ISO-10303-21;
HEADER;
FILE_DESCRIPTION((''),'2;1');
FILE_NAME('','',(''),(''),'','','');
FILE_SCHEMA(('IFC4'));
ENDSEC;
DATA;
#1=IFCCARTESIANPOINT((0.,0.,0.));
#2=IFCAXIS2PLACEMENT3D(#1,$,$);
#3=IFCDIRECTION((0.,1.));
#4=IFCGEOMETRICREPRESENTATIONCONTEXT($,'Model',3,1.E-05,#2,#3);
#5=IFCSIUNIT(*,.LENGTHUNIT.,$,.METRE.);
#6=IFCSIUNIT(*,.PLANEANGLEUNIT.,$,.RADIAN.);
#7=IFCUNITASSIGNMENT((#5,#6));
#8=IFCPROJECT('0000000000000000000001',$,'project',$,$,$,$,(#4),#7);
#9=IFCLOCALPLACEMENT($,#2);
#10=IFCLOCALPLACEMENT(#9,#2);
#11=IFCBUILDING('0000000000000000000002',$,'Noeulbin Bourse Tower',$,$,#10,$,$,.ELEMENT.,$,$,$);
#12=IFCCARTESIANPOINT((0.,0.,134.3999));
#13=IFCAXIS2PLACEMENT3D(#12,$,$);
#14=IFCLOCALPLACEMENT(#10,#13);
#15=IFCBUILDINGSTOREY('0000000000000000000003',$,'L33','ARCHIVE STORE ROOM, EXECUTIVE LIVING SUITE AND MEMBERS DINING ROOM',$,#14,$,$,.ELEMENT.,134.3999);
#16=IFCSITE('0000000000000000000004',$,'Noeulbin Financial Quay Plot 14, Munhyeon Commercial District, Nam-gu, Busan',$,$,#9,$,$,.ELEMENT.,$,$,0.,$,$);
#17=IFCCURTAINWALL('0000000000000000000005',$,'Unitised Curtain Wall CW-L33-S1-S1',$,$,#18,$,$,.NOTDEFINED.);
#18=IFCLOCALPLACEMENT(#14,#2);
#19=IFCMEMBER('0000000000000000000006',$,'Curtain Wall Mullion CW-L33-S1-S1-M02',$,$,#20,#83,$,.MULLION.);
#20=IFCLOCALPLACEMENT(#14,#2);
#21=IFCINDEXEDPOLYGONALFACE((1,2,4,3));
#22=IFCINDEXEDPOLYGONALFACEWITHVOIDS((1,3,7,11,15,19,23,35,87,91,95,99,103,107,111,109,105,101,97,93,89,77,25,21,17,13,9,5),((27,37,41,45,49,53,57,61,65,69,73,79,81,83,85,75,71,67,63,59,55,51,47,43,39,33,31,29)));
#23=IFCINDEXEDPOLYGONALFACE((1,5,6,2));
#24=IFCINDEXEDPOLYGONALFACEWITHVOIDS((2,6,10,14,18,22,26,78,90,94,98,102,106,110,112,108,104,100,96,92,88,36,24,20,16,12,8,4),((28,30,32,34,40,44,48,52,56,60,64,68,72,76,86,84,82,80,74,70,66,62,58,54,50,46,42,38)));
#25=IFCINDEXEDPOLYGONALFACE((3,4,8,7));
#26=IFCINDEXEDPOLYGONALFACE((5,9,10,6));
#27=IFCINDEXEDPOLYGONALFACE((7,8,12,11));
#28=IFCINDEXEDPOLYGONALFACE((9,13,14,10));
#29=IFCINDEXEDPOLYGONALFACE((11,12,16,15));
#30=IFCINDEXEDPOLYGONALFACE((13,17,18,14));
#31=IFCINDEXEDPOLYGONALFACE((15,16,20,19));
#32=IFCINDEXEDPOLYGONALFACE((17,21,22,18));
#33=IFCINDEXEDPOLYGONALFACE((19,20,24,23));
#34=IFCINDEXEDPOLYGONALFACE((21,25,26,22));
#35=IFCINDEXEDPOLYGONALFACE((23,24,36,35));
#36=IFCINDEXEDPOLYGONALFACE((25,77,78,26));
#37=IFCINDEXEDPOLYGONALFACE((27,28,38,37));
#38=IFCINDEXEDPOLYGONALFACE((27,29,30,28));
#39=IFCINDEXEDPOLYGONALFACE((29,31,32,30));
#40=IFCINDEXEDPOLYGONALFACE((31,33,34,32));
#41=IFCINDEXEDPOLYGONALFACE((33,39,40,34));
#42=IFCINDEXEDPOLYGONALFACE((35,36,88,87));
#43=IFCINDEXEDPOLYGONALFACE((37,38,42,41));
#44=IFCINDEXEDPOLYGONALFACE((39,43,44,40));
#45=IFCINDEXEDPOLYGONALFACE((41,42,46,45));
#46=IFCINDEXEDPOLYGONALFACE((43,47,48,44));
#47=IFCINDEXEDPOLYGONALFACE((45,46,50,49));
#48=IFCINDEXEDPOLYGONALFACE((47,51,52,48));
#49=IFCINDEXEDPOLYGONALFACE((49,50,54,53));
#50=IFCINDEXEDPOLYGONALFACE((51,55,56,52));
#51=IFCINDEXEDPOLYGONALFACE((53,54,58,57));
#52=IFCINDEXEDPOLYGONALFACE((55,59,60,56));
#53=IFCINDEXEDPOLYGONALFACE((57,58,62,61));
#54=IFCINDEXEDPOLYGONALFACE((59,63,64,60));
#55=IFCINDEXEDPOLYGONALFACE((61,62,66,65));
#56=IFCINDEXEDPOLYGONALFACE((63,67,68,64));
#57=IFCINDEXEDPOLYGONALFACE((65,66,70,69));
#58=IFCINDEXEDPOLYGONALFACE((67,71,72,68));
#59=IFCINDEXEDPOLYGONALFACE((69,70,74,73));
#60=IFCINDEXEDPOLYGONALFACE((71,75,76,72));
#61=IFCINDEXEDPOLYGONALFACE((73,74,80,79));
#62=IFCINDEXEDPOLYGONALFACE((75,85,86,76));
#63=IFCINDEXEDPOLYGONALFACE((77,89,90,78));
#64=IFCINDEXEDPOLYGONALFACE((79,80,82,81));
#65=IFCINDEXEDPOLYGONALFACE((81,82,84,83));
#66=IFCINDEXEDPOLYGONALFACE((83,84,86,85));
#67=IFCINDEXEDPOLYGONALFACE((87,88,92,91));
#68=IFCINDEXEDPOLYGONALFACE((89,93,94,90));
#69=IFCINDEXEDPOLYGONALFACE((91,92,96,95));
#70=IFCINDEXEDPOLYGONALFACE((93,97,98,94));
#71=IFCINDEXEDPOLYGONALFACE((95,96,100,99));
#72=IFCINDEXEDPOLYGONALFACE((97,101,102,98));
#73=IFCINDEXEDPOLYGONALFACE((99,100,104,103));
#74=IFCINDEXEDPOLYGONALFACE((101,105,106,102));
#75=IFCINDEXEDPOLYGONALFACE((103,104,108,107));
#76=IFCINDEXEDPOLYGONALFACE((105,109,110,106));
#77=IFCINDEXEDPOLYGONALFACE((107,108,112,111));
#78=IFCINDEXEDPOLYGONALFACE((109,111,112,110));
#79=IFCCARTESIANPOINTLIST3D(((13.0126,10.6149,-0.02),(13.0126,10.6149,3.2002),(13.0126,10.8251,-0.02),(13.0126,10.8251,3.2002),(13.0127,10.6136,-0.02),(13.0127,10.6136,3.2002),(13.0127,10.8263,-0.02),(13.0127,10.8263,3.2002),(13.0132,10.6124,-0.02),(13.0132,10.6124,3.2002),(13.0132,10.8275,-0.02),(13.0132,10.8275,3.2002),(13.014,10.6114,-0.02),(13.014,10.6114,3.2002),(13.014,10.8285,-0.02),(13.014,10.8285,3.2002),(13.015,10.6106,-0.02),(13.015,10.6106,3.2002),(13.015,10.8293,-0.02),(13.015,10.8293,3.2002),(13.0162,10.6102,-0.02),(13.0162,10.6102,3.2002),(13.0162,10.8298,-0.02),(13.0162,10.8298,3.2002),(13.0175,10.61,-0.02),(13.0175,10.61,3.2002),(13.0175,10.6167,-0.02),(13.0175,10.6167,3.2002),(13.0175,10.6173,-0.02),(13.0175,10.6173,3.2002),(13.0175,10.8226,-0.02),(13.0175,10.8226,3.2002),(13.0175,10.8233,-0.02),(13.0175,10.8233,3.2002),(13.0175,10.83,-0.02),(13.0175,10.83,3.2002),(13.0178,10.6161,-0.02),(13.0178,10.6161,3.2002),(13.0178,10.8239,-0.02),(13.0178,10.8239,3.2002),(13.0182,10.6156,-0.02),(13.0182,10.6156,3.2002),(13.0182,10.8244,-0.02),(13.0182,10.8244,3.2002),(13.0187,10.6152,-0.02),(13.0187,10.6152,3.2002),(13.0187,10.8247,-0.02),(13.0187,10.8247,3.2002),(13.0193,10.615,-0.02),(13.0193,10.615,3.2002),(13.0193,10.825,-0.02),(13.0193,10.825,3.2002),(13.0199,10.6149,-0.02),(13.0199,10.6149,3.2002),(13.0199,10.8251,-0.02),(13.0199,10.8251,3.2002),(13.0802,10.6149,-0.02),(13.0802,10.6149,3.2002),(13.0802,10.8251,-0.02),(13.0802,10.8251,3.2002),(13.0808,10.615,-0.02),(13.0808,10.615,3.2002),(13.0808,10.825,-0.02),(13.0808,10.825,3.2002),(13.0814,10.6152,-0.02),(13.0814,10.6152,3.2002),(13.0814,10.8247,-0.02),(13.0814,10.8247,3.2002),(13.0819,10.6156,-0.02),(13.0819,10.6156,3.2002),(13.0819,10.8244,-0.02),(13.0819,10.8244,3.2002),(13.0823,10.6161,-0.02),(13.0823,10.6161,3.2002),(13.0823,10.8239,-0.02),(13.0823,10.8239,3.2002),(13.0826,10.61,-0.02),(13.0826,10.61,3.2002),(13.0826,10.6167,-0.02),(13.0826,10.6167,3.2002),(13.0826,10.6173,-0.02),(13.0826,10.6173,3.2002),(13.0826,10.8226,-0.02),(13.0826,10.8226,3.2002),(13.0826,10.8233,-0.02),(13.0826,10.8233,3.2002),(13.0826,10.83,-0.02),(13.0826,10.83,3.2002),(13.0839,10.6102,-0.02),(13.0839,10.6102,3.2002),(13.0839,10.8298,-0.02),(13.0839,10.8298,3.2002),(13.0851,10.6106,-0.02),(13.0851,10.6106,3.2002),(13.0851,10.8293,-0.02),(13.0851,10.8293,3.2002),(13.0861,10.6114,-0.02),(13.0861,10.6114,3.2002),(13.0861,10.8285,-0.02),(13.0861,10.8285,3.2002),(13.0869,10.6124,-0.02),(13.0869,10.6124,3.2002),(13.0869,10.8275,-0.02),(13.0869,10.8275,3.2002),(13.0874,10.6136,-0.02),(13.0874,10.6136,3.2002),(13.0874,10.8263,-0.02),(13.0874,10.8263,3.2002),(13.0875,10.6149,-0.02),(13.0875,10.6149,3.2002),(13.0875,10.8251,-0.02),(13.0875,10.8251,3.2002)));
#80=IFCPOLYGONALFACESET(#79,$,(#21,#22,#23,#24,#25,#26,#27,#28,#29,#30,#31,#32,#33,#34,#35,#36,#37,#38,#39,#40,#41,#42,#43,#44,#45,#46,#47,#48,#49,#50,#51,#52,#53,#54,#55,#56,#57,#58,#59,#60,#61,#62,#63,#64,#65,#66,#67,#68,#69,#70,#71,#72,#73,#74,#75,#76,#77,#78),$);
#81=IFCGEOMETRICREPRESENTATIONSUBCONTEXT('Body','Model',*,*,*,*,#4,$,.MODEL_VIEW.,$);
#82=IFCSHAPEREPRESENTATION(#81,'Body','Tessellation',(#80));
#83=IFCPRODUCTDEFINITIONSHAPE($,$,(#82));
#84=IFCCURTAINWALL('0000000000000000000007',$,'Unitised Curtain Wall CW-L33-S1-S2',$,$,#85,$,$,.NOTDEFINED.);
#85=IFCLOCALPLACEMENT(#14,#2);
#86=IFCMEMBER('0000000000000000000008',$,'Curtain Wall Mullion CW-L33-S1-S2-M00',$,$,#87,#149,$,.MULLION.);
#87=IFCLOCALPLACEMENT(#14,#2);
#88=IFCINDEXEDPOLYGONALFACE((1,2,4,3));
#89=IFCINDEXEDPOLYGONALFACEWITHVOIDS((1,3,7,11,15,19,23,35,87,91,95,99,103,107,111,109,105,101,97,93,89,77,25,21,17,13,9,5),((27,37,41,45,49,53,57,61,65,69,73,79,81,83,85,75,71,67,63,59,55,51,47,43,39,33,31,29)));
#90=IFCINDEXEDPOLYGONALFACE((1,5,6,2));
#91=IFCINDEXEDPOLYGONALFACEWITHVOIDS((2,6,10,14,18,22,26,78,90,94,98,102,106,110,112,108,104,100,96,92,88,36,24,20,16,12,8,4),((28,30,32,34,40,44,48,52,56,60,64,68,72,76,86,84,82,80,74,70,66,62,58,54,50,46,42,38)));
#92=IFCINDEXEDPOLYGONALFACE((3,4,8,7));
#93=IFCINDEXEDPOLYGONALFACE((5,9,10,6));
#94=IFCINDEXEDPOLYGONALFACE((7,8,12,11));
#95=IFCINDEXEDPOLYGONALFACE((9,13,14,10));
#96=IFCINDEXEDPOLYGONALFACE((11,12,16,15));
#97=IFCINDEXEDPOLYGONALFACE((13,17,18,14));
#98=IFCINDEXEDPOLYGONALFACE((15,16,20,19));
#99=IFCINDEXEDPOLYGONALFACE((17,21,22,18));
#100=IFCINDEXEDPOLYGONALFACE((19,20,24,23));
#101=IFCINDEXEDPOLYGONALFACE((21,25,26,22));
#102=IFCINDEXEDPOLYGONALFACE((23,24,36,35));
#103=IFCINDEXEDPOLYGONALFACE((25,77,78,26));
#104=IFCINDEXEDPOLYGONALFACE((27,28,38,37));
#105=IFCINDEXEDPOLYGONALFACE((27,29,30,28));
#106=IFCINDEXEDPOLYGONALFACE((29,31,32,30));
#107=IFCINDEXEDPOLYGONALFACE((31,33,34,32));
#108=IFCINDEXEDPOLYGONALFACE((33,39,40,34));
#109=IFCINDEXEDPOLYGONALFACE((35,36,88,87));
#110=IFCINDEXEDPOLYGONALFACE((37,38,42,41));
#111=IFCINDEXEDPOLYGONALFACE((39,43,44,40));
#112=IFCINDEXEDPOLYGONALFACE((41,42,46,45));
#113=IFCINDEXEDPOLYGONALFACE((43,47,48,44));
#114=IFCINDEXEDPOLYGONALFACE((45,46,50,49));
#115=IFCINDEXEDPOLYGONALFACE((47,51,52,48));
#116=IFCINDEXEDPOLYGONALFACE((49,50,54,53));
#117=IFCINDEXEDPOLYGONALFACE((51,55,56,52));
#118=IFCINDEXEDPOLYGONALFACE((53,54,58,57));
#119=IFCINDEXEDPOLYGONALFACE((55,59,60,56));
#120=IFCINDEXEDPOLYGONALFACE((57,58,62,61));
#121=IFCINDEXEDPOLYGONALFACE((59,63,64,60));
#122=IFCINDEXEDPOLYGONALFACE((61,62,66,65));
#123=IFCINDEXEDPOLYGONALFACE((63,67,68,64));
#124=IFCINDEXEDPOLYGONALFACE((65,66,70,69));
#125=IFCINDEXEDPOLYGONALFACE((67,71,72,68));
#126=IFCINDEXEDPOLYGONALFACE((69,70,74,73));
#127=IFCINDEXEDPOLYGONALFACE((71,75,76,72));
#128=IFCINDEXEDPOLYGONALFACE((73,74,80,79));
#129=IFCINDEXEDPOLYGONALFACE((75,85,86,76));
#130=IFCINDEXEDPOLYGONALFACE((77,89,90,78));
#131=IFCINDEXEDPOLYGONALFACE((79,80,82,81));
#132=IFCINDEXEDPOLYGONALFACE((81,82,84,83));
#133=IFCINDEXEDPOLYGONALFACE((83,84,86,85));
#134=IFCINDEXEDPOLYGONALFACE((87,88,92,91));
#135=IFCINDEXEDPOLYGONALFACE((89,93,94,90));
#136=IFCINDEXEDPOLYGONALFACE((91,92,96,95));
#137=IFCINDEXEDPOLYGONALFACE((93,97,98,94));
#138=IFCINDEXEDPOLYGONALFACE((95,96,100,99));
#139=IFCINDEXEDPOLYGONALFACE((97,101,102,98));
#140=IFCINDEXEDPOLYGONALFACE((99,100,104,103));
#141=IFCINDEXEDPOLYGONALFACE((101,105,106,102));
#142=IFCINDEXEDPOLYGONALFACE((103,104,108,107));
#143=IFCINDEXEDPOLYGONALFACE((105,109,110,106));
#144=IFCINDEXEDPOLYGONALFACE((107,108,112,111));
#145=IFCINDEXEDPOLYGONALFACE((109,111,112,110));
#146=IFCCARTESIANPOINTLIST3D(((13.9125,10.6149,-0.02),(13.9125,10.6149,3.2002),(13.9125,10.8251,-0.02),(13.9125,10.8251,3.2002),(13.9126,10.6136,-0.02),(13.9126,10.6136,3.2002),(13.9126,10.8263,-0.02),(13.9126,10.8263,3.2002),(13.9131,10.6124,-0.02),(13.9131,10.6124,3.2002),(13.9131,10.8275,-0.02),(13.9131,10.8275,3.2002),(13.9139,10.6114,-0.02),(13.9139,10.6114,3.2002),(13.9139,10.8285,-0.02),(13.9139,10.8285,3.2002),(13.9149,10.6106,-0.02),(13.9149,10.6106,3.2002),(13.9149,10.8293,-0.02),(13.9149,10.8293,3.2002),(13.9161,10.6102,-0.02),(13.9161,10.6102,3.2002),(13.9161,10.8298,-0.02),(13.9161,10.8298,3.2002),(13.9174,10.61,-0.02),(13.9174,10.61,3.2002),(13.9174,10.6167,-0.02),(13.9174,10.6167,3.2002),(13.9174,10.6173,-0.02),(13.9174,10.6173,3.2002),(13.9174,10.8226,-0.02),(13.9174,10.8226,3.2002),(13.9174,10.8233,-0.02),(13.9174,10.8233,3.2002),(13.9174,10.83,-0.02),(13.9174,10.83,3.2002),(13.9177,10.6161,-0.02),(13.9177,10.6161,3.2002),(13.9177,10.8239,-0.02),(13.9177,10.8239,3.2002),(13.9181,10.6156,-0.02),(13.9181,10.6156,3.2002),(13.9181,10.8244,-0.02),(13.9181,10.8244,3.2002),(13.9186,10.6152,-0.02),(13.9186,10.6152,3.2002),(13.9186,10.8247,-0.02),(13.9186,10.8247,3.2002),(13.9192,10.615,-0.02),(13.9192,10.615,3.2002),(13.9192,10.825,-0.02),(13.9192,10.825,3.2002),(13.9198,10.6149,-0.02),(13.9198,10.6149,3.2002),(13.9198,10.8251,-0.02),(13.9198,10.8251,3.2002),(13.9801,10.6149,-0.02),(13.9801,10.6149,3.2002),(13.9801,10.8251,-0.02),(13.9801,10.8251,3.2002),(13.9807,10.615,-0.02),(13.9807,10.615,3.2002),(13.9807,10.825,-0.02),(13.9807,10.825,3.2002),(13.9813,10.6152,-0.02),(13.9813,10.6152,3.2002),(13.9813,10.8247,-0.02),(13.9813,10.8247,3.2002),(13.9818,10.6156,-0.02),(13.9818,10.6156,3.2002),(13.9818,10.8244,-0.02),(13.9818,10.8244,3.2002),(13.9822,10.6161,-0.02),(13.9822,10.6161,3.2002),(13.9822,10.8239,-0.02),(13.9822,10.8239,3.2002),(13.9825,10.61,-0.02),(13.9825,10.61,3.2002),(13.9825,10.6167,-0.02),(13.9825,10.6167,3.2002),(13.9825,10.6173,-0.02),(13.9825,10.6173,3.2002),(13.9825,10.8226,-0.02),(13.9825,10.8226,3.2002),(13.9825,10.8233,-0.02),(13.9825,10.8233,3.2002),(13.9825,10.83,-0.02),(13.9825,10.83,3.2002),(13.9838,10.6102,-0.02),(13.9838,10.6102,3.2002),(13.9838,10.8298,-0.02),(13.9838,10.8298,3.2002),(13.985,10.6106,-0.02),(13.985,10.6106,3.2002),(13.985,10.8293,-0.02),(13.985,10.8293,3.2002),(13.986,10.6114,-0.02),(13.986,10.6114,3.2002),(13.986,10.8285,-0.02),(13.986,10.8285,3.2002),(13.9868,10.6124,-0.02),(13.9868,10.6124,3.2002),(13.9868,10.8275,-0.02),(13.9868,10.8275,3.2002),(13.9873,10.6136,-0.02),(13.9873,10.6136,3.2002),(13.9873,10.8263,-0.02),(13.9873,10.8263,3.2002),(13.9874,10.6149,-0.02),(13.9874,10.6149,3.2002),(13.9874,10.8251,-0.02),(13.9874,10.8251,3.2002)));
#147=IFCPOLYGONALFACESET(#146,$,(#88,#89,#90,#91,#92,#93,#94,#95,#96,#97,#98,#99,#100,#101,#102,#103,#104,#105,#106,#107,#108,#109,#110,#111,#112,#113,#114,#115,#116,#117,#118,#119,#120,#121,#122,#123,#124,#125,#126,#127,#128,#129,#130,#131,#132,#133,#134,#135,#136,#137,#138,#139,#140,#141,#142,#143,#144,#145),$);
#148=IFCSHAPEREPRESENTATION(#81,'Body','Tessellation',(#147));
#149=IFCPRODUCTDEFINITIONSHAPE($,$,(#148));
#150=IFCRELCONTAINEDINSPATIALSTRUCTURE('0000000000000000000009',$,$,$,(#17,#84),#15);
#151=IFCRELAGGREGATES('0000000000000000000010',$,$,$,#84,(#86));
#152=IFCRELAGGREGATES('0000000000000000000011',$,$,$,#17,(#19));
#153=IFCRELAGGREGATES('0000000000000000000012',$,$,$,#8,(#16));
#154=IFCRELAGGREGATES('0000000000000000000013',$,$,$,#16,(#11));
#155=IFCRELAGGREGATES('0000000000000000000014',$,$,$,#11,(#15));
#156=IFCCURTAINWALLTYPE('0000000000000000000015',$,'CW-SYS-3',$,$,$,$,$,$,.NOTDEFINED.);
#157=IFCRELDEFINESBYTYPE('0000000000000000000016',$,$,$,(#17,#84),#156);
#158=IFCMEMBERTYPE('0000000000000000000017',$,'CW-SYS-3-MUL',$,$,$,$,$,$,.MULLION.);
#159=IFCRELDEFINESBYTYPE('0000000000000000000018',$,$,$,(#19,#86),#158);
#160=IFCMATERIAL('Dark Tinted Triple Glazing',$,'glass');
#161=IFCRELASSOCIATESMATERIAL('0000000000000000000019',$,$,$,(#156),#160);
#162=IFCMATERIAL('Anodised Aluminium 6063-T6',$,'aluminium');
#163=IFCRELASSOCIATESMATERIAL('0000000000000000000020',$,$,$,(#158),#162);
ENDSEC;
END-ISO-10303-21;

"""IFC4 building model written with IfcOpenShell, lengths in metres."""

from ifc_helpers import new_model, si_unit, direction, frame, origin, origin_2d, place, context, subcontext, project, spatial, hollow_rectangle, extrude, material, material_profile, profile_set, type_object, element, aggregate, save


model = new_model("IFC4")

# Units and contexts
model_context = context("Model", 3, precision=1e-05, world=origin(), true_north=direction((0.0, 1.0)))
body_context = subcontext(model_context, "Body", "Model", "MODEL_VIEW")
ifc_project = project(units=[si_unit("LENGTHUNIT", "METRE"), si_unit("PLANEANGLEUNIT", "RADIAN")], contexts=[model_context])

# Site, building, storey
site_placement = place(None, origin())
site = spatial("IfcSite", under=ifc_project, at=site_placement, Name="Noeulbin Financial Quay Plot 14, Munhyeon Commercial District, Nam-gu, Busan", CompositionType="ELEMENT", RefElevation=0.0)
building_placement = place(site_placement, origin())
building = spatial("IfcBuilding", under=site, at=building_placement, Name="Noeulbin Bourse Tower", CompositionType="ELEMENT")
storey_placement = place(building_placement, frame((0.0, 0.0, 134.3999)))
storey = spatial("IfcBuildingStorey", under=building, at=storey_placement, Name="L33", Description="ARCHIVE STORE ROOM, EXECUTIVE LIVING SUITE AND MEMBERS DINING ROOM", CompositionType="ELEMENT", Elevation=134.3999)

# Curtain wall, member
ifc_material_1 = material(Name="Dark Tinted Triple Glazing", Category="glass")
curtain_wall_type = type_object("IfcCurtainWallType", Name="CW-SYS-3", PredefinedType="NOTDEFINED", material=ifc_material_1)
curtain_wall_1_placement = place(storey_placement, origin())
curtain_wall_1 = element("IfcCurtainWall", 1, at=curtain_wall_1_placement, inside=storey, type_object=curtain_wall_type, Name="Unitised Curtain Wall CW-L33-S1-S1", PredefinedType="NOTDEFINED")
ifc_material_2 = material(Name="Anodised Aluminium 6063-T6", Category="aluminium")
ifc_material_profile_1 = material_profile(ifc_material_2, hollow_rectangle(XDim=0.075, YDim=0.22, WallThickness=0.0049, InnerFilletRadius=0.0024, OuterFilletRadius=0.0049, at=origin_2d()), Name="ALU-MULL-75x220x5", Category="LoadBearing")
ifc_profile_set_1 = profile_set([ifc_material_profile_1], Name="Anodised Aluminium 6063-T6")
member_type_1 = type_object("IfcMemberType", Name="CW-SYS-3-MUL", PredefinedType="MULLION", material=ifc_profile_set_1)
member_1_placement = place(storey_placement, frame((13.05, 10.72, -0.02), z_axis=(0.0, 0.0, 1.0), x_axis=(1.0, 0.0, 0.0)))
member_1 = element("IfcMember", 2, at=member_1_placement, type_object=member_type_1, Name="Curtain Wall Mullion CW-L33-S1-S1-M02", PredefinedType="MULLION", context=body_context, shape_type="SweptSolid", body=[
    extrude(hollow_rectangle(XDim=0.075, YDim=0.22, WallThickness=0.0049, InnerFilletRadius=0.0024, OuterFilletRadius=0.0049, at=origin_2d()), origin(), (0.0, 0.0, 1.0), 3.2202),
])

# Curtain wall, member
curtain_wall_2_placement = place(storey_placement, origin())
curtain_wall_2 = element("IfcCurtainWall", 3, at=curtain_wall_2_placement, inside=storey, type_object=curtain_wall_type, Name="Unitised Curtain Wall CW-L33-S1-S2", PredefinedType="NOTDEFINED")
member_2_placement = place(storey_placement, frame((13.95, 10.72, -0.02), z_axis=(0.0, 0.0, 1.0), x_axis=(1.0, 0.0, 0.0)))
member_2 = element("IfcMember", 4, at=member_2_placement, type_object=member_type_1, Name="Curtain Wall Mullion CW-L33-S1-S2-M00", PredefinedType="MULLION", context=body_context, shape_type="SweptSolid", body=[
    extrude(hollow_rectangle(XDim=0.075, YDim=0.22, WallThickness=0.0049, InnerFilletRadius=0.0024, OuterFilletRadius=0.0049, at=origin_2d()), origin(), (0.0, 0.0, 1.0), 3.2202),
])

aggregate(curtain_wall_2, [member_2])

aggregate(curtain_wall_1, [member_1])

save(model, "model.ifc")
